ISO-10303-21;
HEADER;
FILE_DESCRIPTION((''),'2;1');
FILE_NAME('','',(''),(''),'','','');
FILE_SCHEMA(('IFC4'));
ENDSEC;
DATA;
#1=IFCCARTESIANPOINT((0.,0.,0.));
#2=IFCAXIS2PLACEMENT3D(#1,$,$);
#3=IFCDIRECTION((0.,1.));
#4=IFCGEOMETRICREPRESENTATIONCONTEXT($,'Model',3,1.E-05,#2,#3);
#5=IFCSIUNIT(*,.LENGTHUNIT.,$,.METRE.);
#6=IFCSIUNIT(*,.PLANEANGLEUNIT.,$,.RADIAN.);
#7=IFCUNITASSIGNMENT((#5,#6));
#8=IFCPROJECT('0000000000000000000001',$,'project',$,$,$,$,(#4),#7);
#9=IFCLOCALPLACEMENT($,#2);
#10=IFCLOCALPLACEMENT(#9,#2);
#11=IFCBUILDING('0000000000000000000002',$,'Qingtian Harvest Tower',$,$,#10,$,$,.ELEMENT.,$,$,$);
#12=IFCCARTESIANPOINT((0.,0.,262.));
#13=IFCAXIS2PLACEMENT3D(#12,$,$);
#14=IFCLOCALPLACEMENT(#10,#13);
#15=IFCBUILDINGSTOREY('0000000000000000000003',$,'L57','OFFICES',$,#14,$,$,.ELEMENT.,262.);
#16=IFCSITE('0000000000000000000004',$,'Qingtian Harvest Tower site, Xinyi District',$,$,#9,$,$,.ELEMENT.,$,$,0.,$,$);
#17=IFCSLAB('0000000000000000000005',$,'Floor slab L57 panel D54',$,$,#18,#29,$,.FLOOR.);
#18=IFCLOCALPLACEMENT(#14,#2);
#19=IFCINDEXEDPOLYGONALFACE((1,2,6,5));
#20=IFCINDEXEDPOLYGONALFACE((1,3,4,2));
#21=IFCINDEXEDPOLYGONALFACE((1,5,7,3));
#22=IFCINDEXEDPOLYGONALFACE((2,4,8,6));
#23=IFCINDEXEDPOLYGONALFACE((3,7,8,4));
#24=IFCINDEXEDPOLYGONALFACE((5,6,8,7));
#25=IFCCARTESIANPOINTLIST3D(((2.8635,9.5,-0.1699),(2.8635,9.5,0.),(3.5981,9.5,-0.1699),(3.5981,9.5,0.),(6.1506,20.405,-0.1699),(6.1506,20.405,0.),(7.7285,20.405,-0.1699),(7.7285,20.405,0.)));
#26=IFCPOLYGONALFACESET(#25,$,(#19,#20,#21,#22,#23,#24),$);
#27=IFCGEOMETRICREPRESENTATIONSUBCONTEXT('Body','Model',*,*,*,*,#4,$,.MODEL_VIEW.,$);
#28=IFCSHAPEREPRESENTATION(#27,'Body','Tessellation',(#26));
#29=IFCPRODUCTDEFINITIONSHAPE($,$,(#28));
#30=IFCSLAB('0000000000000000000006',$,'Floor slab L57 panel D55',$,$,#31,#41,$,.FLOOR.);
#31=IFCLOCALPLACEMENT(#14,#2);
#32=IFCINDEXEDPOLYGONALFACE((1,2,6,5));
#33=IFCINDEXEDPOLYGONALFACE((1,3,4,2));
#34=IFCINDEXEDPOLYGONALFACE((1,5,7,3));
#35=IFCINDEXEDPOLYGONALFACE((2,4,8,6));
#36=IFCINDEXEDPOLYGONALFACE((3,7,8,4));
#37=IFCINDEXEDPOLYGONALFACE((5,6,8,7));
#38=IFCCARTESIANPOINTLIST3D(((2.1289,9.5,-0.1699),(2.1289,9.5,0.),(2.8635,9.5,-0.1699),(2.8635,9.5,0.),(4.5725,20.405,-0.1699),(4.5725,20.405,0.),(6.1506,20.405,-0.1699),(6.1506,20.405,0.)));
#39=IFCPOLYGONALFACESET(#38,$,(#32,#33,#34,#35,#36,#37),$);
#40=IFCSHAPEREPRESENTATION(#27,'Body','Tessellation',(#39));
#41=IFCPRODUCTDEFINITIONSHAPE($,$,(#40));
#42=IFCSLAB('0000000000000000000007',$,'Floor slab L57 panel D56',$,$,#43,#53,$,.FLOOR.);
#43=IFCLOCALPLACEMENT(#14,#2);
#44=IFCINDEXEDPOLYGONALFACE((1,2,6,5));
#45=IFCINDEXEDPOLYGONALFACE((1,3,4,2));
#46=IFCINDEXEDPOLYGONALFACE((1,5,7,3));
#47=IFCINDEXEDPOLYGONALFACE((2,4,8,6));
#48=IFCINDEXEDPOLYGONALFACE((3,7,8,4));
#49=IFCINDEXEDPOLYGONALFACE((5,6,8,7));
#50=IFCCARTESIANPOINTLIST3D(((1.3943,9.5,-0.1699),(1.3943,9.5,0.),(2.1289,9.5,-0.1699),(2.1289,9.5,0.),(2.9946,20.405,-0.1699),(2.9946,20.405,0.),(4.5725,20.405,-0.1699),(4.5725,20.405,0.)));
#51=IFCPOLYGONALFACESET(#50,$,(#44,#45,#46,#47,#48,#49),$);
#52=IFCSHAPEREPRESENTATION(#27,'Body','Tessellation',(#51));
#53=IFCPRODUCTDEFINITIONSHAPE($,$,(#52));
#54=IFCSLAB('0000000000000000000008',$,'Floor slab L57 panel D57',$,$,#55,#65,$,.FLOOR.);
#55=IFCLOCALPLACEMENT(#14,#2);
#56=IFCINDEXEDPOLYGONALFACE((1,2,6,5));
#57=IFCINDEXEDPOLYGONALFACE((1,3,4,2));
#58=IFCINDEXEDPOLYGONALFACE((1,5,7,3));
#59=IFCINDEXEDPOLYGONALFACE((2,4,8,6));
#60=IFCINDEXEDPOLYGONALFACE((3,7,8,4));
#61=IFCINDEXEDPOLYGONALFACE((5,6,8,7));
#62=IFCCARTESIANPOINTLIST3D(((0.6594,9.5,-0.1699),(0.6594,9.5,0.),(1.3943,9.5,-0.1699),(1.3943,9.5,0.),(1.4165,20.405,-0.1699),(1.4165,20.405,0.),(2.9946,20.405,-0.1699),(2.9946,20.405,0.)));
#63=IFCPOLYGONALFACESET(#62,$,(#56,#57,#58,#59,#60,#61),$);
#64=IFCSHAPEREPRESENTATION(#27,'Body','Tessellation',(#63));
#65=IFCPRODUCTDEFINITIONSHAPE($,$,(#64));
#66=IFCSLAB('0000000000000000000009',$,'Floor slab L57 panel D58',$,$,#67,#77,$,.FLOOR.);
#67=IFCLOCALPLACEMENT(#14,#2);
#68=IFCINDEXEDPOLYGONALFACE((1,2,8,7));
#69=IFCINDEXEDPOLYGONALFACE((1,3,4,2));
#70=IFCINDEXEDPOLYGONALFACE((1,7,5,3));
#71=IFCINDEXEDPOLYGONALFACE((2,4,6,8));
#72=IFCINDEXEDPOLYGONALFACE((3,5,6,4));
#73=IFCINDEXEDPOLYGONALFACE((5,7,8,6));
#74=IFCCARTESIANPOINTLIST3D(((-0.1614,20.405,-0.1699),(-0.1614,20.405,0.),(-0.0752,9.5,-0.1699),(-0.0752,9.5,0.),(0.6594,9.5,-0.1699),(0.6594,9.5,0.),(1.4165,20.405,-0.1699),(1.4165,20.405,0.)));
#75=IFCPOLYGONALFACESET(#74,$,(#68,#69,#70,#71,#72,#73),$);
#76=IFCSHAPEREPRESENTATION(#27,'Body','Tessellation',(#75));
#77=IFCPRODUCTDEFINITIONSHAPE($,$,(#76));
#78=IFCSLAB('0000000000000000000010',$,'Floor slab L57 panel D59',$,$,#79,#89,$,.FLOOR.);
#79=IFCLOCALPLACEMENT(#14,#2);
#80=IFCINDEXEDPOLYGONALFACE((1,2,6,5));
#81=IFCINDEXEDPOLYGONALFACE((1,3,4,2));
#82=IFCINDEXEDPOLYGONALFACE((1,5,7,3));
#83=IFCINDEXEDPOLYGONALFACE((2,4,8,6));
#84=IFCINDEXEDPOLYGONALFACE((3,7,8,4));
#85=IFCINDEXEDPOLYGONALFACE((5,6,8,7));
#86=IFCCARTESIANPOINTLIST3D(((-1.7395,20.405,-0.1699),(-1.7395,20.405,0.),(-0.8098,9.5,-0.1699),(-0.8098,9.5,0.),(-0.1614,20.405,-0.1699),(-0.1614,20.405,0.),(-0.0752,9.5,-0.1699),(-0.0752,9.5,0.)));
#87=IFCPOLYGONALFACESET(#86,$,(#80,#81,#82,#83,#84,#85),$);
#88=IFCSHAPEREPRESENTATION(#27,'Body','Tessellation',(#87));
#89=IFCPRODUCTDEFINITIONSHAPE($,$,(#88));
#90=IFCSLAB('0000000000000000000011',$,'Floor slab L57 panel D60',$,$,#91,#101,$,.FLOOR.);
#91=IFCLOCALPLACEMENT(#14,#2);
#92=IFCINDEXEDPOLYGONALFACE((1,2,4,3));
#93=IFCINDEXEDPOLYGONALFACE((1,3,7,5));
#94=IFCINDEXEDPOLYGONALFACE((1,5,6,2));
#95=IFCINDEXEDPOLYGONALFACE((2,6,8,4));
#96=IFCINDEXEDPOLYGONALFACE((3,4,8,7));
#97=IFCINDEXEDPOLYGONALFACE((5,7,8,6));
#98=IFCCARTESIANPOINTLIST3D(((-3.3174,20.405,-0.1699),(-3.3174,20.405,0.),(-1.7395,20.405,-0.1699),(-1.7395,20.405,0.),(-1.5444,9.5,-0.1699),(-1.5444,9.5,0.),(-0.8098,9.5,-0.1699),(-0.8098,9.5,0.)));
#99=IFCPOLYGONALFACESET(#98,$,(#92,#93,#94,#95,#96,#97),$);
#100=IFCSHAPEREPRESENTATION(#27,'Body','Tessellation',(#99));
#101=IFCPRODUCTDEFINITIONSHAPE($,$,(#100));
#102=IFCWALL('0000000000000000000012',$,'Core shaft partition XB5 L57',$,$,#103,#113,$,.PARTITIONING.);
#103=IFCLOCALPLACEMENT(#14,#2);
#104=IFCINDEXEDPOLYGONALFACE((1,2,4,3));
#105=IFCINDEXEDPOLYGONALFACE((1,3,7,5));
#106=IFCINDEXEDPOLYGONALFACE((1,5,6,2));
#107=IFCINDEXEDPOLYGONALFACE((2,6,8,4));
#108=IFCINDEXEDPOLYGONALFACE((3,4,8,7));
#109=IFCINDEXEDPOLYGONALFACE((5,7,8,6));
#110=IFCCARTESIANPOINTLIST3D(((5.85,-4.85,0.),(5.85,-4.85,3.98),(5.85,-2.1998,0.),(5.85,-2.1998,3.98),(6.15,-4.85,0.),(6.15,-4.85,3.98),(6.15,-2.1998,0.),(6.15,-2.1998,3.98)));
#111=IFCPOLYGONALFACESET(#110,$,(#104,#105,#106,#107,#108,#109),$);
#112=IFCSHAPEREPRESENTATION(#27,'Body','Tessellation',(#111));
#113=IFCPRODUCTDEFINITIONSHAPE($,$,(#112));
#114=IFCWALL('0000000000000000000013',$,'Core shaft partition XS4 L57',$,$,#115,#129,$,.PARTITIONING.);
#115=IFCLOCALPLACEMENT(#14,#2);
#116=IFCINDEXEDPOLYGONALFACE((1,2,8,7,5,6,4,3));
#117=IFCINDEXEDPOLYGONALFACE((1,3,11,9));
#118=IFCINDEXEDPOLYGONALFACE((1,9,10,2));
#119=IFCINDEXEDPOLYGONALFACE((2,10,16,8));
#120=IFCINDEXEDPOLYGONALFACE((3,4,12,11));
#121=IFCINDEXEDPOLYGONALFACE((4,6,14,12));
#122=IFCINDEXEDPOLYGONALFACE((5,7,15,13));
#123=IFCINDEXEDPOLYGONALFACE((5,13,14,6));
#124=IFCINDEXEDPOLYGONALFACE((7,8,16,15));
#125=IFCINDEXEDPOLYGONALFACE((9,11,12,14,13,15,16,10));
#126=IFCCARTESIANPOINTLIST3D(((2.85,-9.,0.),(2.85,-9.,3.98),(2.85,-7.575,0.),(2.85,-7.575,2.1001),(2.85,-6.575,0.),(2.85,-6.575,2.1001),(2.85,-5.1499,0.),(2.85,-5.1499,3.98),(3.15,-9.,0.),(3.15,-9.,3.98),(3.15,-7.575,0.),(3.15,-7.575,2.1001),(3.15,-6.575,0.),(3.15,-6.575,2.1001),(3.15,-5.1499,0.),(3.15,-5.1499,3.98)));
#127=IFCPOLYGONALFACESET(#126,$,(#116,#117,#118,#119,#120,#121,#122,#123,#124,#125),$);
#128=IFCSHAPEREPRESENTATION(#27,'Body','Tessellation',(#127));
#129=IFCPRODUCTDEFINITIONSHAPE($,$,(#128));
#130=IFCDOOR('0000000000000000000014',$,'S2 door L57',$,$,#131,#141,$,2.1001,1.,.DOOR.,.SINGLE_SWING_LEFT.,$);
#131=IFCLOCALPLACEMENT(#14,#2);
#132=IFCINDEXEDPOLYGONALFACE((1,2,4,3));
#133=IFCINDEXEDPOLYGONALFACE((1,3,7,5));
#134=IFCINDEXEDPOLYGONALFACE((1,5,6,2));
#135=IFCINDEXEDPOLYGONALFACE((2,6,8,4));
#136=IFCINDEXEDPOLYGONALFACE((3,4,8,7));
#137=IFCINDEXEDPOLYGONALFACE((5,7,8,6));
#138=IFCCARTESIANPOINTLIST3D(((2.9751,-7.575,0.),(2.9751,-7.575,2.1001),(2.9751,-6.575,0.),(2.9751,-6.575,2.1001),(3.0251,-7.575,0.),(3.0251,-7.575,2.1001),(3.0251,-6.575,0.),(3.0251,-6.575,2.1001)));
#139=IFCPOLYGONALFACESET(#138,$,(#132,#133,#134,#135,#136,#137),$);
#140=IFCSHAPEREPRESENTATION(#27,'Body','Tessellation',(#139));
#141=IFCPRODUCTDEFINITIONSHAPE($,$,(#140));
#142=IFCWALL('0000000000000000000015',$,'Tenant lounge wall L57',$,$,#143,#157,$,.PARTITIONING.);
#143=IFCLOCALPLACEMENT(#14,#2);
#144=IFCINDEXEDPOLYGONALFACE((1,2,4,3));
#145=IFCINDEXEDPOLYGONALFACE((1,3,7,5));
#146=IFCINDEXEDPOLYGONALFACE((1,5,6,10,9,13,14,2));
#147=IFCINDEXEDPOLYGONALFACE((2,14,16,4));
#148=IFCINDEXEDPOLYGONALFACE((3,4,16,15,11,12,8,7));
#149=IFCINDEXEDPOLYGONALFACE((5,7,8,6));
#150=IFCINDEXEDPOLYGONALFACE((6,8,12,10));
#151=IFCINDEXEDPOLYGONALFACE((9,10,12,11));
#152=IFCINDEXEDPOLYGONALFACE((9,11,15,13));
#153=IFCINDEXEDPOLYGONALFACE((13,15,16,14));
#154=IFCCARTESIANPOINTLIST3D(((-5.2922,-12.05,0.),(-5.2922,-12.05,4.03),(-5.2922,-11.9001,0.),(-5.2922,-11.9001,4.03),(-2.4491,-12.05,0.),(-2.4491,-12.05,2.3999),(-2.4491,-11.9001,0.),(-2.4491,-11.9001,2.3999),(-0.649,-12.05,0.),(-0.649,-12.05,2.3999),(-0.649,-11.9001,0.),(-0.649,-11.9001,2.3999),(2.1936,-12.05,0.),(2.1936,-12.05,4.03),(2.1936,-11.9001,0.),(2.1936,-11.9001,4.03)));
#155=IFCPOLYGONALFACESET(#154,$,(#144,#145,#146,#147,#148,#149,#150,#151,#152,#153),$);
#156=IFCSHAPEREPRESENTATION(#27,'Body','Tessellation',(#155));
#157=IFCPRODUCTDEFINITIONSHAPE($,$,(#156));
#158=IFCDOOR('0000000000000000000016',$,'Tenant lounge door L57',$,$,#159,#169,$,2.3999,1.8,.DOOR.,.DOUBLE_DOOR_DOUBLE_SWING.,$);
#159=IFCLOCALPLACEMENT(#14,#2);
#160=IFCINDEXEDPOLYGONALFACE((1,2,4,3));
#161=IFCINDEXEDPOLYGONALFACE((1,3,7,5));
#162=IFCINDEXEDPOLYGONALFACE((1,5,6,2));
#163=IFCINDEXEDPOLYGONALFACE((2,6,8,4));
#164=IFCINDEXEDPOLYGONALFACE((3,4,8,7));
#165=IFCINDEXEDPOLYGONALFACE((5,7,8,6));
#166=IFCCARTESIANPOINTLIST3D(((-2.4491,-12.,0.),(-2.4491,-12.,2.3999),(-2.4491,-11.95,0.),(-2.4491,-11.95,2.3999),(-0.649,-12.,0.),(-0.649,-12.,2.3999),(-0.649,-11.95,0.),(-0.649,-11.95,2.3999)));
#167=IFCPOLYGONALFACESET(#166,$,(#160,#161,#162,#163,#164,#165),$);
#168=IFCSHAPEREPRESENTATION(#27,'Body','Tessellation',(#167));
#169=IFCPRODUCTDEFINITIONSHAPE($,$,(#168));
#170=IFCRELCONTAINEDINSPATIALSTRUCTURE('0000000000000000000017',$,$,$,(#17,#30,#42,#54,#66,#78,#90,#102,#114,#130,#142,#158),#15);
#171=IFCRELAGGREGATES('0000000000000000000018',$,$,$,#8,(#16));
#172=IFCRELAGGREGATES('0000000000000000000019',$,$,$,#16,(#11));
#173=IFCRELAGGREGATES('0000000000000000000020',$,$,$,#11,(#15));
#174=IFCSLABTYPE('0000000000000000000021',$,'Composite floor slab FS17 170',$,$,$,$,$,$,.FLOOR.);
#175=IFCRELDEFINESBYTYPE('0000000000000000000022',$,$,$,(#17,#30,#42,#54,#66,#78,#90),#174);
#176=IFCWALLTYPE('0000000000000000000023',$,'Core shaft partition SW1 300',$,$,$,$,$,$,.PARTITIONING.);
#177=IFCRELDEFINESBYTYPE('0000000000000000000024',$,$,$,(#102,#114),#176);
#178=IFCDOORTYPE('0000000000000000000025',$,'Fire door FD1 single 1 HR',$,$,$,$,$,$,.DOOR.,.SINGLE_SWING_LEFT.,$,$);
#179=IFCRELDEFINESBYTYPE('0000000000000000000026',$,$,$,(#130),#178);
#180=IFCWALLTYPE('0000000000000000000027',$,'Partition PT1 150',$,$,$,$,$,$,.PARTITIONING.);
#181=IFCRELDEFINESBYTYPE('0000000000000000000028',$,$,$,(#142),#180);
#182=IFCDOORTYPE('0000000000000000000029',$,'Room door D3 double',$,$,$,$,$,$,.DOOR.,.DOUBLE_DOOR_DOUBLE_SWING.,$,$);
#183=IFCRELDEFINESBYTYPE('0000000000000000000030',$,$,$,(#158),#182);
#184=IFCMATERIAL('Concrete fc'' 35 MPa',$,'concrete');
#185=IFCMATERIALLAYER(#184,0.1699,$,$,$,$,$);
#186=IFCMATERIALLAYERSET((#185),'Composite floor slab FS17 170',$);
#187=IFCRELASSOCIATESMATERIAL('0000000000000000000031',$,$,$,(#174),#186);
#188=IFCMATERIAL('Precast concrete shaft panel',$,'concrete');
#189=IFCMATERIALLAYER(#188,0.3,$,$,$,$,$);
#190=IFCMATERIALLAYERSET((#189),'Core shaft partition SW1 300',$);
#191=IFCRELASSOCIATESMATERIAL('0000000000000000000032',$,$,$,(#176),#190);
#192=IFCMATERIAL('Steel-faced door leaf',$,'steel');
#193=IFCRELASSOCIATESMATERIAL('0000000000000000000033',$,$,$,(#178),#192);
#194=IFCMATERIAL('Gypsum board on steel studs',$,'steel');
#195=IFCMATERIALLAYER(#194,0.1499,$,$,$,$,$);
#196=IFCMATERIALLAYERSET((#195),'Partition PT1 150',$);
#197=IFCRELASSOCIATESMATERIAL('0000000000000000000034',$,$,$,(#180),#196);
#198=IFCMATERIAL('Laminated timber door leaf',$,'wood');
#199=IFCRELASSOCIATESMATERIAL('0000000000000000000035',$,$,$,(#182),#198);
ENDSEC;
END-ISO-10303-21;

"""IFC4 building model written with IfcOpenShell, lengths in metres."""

from ifc_helpers import new_model, si_unit, direction, frame, frame_2d, origin, place, context, subcontext, project, spatial, polyline, rectangle, outline, extrude, material, layer, layer_set, type_object, element, fill, save


model = new_model("IFC4")

# Units and contexts
model_context = context("Model", 3, precision=1e-05, world=origin(), true_north=direction((0.0, 1.0)))
body_context = subcontext(model_context, "Body", "Model", "MODEL_VIEW")
ifc_project = project(units=[si_unit("LENGTHUNIT", "METRE"), si_unit("PLANEANGLEUNIT", "RADIAN")], contexts=[model_context])

# Site, building, storey
site_placement = place(None, origin())
site = spatial("IfcSite", under=ifc_project, at=site_placement, Name="Qingtian Harvest Tower site, Xinyi District", CompositionType="ELEMENT", RefElevation=0.0)
building_placement = place(site_placement, origin())
building = spatial("IfcBuilding", under=site, at=building_placement, Name="Qingtian Harvest Tower", CompositionType="ELEMENT")
storey_placement = place(building_placement, frame((0.0, 0.0, 262.0)))
storey = spatial("IfcBuildingStorey", under=building, at=storey_placement, Name="L57", Description="OFFICES", CompositionType="ELEMENT", Elevation=262.0)

# Slabs
ifc_material_1 = material(Name="Concrete fc' 35 MPa", Category="concrete")
ifc_layer_1 = layer(ifc_material_1, 0.1699)
ifc_layer_set_1 = layer_set([ifc_layer_1], Name="Composite floor slab FS17 170")
slab_type = type_object("IfcSlabType", Name="Composite floor slab FS17 170", PredefinedType="FLOOR", material=ifc_layer_set_1)
slab_1_placement = place(storey_placement, frame((0.0, 0.0, -0.1699)))
element("IfcSlab", 1, at=slab_1_placement, inside=storey, type_object=slab_type, Name="Floor slab L57 panel D54", PredefinedType="FLOOR", context=body_context, shape_type="SweptSolid", body=[
    extrude(outline(polyline([(2.8635, 9.5), (6.1506, 20.405), (7.7285, 20.405), (3.5981, 9.5), (2.8635, 9.5)])), origin(), (0.0, 0.0, 1.0), 0.1699),
])
slab_2_placement = place(storey_placement, frame((0.0, 0.0, -0.1699)))
element("IfcSlab", 2, at=slab_2_placement, inside=storey, type_object=slab_type, Name="Floor slab L57 panel D55", PredefinedType="FLOOR", context=body_context, shape_type="SweptSolid", body=[
    extrude(outline(polyline([(2.1289, 9.5), (4.5725, 20.405), (6.1506, 20.405), (2.8635, 9.5), (2.1289, 9.5)])), origin(), (0.0, 0.0, 1.0), 0.1699),
])
slab_3_placement = place(storey_placement, frame((0.0, 0.0, -0.1699)))
element("IfcSlab", 3, at=slab_3_placement, inside=storey, type_object=slab_type, Name="Floor slab L57 panel D56", PredefinedType="FLOOR", context=body_context, shape_type="SweptSolid", body=[
    extrude(outline(polyline([(1.3943, 9.5), (2.9946, 20.405), (4.5725, 20.405), (2.1289, 9.5), (1.3943, 9.5)])), origin(), (0.0, 0.0, 1.0), 0.1699),
])
slab_4_placement = place(storey_placement, frame((0.0, 0.0, -0.1699)))
element("IfcSlab", 4, at=slab_4_placement, inside=storey, type_object=slab_type, Name="Floor slab L57 panel D57", PredefinedType="FLOOR", context=body_context, shape_type="SweptSolid", body=[
    extrude(outline(polyline([(0.6594, 9.5), (1.4165, 20.405), (2.9946, 20.405), (1.3943, 9.5), (0.6594, 9.5)])), origin(), (0.0, 0.0, 1.0), 0.1699),
])
slab_5_placement = place(storey_placement, frame((0.0, 0.0, -0.1699)))
element("IfcSlab", 5, at=slab_5_placement, inside=storey, type_object=slab_type, Name="Floor slab L57 panel D58", PredefinedType="FLOOR", context=body_context, shape_type="SweptSolid", body=[
    extrude(outline(polyline([(-0.0752, 9.5), (-0.1614, 20.405), (1.4165, 20.405), (0.6594, 9.5), (-0.0752, 9.5)])), origin(), (0.0, 0.0, 1.0), 0.1699),
])
slab_6_placement = place(storey_placement, frame((0.0, 0.0, -0.1699)))
element("IfcSlab", 6, at=slab_6_placement, inside=storey, type_object=slab_type, Name="Floor slab L57 panel D59", PredefinedType="FLOOR", context=body_context, shape_type="SweptSolid", body=[
    extrude(outline(polyline([(-0.8098, 9.5), (-1.7395, 20.405), (-0.1614, 20.405), (-0.0752, 9.5), (-0.8098, 9.5)])), origin(), (0.0, 0.0, 1.0), 0.1699),
])
slab_7_placement = place(storey_placement, frame((0.0, 0.0, -0.1699)))
element("IfcSlab", 7, at=slab_7_placement, inside=storey, type_object=slab_type, Name="Floor slab L57 panel D60", PredefinedType="FLOOR", context=body_context, shape_type="SweptSolid", body=[
    extrude(outline(polyline([(-1.5444, 9.5), (-3.3174, 20.405), (-1.7395, 20.405), (-0.8098, 9.5), (-1.5444, 9.5)])), origin(), (0.0, 0.0, 1.0), 0.1699),
])

# Wall
ifc_material_2 = material(Name="Precast concrete shaft panel", Category="concrete")
ifc_layer_2 = layer(ifc_material_2, 0.3)
ifc_layer_set_2 = layer_set([ifc_layer_2], Name="Core shaft partition SW1 300")
wall_type_1 = type_object("IfcWallType", Name="Core shaft partition SW1 300", PredefinedType="PARTITIONING", material=ifc_layer_set_2)
wall_1_placement = place(storey_placement, frame((6.0, -4.8501, 0.0), z_axis=(0.0, 0.0, 1.0), x_axis=(0.0, 1.0, 0.0)))
element("IfcWall", 8, at=wall_1_placement, inside=storey, type_object=wall_type_1, Name="Core shaft partition XB5 L57", PredefinedType="PARTITIONING", context=body_context, shape_type="SweptSolid", body=[
    extrude(rectangle(XDim=2.6501, YDim=0.3, at=frame_2d((1.3252, 0.0))), origin(), (0.0, 0.0, 1.0), 3.98),
])

# Walls, openings, doors
wall_2_placement = place(storey_placement, frame((3.0, -9.0, 0.0), z_axis=(0.0, 0.0, 1.0), x_axis=(0.0, 1.0, 0.0)))
wall_2 = element("IfcWall", 9, at=wall_2_placement, inside=storey, type_object=wall_type_1, Name="Core shaft partition XS4 L57", PredefinedType="PARTITIONING", context=body_context, shape_type="SweptSolid", body=[
    extrude(rectangle(XDim=3.8501, YDim=0.3, at=frame_2d((1.925, 0.0))), origin(), (0.0, 0.0, 1.0), 3.98),
])
opening_1_placement = place(wall_2_placement, frame((1.425, 0.0, 0.0)))
opening_1 = element("IfcOpeningElement", 10, at=opening_1_placement, cuts=wall_2, PredefinedType="OPENING", context=body_context, shape_type="SweptSolid", body=[
    extrude(rectangle(XDim=1.0, YDim=2.1001, at=frame_2d((0.5, 1.05))), frame((0.0, 0.1599, 0.0), z_axis=(0.0, -1.0, 0.0), x_axis=(1.0, 0.0, 0.0)), (0.0, 0.0, 1.0), 0.3201),
])
ifc_material_3 = material(Name="Steel-faced door leaf", Category="steel")
door_type_1 = type_object("IfcDoorType", Name="Fire door FD1 single 1 HR", OperationType="SINGLE_SWING_LEFT", PredefinedType="DOOR", material=ifc_material_3)
door_1_placement = place(opening_1_placement, origin())
door_1 = element("IfcDoor", 11, at=door_1_placement, inside=storey, type_object=door_type_1, Name="S2 door L57", OperationType="SINGLE_SWING_LEFT", OverallHeight=2.1001, OverallWidth=1.0, PredefinedType="DOOR", context=body_context, shape_type="SweptSolid", body=[
    extrude(rectangle(XDim=1.0, YDim=2.1001, at=frame_2d((0.5, 1.05))), frame((0.0, 0.0249, 0.0), z_axis=(0.0, -1.0, 0.0), x_axis=(1.0, 0.0, 0.0)), (0.0, 0.0, 1.0), 0.05),
])
fill(opening_1, door_1)
ifc_material_4 = material(Name="Gypsum board on steel studs", Category="steel")
ifc_layer_3 = layer(ifc_material_4, 0.1499)
ifc_layer_set_3 = layer_set([ifc_layer_3], Name="Partition PT1 150")
wall_type_2 = type_object("IfcWallType", Name="Partition PT1 150", PredefinedType="PARTITIONING", material=ifc_layer_set_3)
wall_3_placement = place(storey_placement, frame((2.1936, -11.9751, 0.0), z_axis=(0.0, 0.0, 1.0), x_axis=(-1.0, 0.0, 0.0)))
wall_3 = element("IfcWall", 12, at=wall_3_placement, inside=storey, type_object=wall_type_2, Name="Tenant lounge wall L57", PredefinedType="PARTITIONING", context=body_context, shape_type="SweptSolid", body=[
    extrude(rectangle(XDim=7.4858, YDim=0.1499, at=frame_2d((3.7429, 0.0))), origin(), (0.0, 0.0, 1.0), 4.03),
])
opening_2_placement = place(wall_3_placement, frame((2.8428, 0.0, 0.0)))
opening_2 = element("IfcOpeningElement", 13, at=opening_2_placement, cuts=wall_3, PredefinedType="OPENING", context=body_context, shape_type="SweptSolid", body=[
    extrude(rectangle(XDim=1.8, YDim=2.3999, at=frame_2d((0.8999, 1.2))), frame((0.0, 0.085, 0.0), z_axis=(0.0, -1.0, 0.0), x_axis=(1.0, 0.0, 0.0)), (0.0, 0.0, 1.0), 0.1699),
])
ifc_material_5 = material(Name="Laminated timber door leaf", Category="wood")
door_type_2 = type_object("IfcDoorType", Name="Room door D3 double", OperationType="DOUBLE_DOOR_DOUBLE_SWING", PredefinedType="DOOR", material=ifc_material_5)
door_2_placement = place(opening_2_placement, origin())
door_2 = element("IfcDoor", 14, at=door_2_placement, inside=storey, type_object=door_type_2, Name="Tenant lounge door L57", OperationType="DOUBLE_DOOR_DOUBLE_SWING", OverallHeight=2.3999, OverallWidth=1.8, PredefinedType="DOOR", context=body_context, shape_type="SweptSolid", body=[
    extrude(rectangle(XDim=1.8, YDim=2.3999, at=frame_2d((0.8999, 1.2))), frame((0.0, 0.0249, 0.0), z_axis=(0.0, -1.0, 0.0), x_axis=(1.0, 0.0, 0.0)), (0.0, 0.0, 1.0), 0.05),
])
fill(opening_2, door_2)

save(model, "model.ifc")
